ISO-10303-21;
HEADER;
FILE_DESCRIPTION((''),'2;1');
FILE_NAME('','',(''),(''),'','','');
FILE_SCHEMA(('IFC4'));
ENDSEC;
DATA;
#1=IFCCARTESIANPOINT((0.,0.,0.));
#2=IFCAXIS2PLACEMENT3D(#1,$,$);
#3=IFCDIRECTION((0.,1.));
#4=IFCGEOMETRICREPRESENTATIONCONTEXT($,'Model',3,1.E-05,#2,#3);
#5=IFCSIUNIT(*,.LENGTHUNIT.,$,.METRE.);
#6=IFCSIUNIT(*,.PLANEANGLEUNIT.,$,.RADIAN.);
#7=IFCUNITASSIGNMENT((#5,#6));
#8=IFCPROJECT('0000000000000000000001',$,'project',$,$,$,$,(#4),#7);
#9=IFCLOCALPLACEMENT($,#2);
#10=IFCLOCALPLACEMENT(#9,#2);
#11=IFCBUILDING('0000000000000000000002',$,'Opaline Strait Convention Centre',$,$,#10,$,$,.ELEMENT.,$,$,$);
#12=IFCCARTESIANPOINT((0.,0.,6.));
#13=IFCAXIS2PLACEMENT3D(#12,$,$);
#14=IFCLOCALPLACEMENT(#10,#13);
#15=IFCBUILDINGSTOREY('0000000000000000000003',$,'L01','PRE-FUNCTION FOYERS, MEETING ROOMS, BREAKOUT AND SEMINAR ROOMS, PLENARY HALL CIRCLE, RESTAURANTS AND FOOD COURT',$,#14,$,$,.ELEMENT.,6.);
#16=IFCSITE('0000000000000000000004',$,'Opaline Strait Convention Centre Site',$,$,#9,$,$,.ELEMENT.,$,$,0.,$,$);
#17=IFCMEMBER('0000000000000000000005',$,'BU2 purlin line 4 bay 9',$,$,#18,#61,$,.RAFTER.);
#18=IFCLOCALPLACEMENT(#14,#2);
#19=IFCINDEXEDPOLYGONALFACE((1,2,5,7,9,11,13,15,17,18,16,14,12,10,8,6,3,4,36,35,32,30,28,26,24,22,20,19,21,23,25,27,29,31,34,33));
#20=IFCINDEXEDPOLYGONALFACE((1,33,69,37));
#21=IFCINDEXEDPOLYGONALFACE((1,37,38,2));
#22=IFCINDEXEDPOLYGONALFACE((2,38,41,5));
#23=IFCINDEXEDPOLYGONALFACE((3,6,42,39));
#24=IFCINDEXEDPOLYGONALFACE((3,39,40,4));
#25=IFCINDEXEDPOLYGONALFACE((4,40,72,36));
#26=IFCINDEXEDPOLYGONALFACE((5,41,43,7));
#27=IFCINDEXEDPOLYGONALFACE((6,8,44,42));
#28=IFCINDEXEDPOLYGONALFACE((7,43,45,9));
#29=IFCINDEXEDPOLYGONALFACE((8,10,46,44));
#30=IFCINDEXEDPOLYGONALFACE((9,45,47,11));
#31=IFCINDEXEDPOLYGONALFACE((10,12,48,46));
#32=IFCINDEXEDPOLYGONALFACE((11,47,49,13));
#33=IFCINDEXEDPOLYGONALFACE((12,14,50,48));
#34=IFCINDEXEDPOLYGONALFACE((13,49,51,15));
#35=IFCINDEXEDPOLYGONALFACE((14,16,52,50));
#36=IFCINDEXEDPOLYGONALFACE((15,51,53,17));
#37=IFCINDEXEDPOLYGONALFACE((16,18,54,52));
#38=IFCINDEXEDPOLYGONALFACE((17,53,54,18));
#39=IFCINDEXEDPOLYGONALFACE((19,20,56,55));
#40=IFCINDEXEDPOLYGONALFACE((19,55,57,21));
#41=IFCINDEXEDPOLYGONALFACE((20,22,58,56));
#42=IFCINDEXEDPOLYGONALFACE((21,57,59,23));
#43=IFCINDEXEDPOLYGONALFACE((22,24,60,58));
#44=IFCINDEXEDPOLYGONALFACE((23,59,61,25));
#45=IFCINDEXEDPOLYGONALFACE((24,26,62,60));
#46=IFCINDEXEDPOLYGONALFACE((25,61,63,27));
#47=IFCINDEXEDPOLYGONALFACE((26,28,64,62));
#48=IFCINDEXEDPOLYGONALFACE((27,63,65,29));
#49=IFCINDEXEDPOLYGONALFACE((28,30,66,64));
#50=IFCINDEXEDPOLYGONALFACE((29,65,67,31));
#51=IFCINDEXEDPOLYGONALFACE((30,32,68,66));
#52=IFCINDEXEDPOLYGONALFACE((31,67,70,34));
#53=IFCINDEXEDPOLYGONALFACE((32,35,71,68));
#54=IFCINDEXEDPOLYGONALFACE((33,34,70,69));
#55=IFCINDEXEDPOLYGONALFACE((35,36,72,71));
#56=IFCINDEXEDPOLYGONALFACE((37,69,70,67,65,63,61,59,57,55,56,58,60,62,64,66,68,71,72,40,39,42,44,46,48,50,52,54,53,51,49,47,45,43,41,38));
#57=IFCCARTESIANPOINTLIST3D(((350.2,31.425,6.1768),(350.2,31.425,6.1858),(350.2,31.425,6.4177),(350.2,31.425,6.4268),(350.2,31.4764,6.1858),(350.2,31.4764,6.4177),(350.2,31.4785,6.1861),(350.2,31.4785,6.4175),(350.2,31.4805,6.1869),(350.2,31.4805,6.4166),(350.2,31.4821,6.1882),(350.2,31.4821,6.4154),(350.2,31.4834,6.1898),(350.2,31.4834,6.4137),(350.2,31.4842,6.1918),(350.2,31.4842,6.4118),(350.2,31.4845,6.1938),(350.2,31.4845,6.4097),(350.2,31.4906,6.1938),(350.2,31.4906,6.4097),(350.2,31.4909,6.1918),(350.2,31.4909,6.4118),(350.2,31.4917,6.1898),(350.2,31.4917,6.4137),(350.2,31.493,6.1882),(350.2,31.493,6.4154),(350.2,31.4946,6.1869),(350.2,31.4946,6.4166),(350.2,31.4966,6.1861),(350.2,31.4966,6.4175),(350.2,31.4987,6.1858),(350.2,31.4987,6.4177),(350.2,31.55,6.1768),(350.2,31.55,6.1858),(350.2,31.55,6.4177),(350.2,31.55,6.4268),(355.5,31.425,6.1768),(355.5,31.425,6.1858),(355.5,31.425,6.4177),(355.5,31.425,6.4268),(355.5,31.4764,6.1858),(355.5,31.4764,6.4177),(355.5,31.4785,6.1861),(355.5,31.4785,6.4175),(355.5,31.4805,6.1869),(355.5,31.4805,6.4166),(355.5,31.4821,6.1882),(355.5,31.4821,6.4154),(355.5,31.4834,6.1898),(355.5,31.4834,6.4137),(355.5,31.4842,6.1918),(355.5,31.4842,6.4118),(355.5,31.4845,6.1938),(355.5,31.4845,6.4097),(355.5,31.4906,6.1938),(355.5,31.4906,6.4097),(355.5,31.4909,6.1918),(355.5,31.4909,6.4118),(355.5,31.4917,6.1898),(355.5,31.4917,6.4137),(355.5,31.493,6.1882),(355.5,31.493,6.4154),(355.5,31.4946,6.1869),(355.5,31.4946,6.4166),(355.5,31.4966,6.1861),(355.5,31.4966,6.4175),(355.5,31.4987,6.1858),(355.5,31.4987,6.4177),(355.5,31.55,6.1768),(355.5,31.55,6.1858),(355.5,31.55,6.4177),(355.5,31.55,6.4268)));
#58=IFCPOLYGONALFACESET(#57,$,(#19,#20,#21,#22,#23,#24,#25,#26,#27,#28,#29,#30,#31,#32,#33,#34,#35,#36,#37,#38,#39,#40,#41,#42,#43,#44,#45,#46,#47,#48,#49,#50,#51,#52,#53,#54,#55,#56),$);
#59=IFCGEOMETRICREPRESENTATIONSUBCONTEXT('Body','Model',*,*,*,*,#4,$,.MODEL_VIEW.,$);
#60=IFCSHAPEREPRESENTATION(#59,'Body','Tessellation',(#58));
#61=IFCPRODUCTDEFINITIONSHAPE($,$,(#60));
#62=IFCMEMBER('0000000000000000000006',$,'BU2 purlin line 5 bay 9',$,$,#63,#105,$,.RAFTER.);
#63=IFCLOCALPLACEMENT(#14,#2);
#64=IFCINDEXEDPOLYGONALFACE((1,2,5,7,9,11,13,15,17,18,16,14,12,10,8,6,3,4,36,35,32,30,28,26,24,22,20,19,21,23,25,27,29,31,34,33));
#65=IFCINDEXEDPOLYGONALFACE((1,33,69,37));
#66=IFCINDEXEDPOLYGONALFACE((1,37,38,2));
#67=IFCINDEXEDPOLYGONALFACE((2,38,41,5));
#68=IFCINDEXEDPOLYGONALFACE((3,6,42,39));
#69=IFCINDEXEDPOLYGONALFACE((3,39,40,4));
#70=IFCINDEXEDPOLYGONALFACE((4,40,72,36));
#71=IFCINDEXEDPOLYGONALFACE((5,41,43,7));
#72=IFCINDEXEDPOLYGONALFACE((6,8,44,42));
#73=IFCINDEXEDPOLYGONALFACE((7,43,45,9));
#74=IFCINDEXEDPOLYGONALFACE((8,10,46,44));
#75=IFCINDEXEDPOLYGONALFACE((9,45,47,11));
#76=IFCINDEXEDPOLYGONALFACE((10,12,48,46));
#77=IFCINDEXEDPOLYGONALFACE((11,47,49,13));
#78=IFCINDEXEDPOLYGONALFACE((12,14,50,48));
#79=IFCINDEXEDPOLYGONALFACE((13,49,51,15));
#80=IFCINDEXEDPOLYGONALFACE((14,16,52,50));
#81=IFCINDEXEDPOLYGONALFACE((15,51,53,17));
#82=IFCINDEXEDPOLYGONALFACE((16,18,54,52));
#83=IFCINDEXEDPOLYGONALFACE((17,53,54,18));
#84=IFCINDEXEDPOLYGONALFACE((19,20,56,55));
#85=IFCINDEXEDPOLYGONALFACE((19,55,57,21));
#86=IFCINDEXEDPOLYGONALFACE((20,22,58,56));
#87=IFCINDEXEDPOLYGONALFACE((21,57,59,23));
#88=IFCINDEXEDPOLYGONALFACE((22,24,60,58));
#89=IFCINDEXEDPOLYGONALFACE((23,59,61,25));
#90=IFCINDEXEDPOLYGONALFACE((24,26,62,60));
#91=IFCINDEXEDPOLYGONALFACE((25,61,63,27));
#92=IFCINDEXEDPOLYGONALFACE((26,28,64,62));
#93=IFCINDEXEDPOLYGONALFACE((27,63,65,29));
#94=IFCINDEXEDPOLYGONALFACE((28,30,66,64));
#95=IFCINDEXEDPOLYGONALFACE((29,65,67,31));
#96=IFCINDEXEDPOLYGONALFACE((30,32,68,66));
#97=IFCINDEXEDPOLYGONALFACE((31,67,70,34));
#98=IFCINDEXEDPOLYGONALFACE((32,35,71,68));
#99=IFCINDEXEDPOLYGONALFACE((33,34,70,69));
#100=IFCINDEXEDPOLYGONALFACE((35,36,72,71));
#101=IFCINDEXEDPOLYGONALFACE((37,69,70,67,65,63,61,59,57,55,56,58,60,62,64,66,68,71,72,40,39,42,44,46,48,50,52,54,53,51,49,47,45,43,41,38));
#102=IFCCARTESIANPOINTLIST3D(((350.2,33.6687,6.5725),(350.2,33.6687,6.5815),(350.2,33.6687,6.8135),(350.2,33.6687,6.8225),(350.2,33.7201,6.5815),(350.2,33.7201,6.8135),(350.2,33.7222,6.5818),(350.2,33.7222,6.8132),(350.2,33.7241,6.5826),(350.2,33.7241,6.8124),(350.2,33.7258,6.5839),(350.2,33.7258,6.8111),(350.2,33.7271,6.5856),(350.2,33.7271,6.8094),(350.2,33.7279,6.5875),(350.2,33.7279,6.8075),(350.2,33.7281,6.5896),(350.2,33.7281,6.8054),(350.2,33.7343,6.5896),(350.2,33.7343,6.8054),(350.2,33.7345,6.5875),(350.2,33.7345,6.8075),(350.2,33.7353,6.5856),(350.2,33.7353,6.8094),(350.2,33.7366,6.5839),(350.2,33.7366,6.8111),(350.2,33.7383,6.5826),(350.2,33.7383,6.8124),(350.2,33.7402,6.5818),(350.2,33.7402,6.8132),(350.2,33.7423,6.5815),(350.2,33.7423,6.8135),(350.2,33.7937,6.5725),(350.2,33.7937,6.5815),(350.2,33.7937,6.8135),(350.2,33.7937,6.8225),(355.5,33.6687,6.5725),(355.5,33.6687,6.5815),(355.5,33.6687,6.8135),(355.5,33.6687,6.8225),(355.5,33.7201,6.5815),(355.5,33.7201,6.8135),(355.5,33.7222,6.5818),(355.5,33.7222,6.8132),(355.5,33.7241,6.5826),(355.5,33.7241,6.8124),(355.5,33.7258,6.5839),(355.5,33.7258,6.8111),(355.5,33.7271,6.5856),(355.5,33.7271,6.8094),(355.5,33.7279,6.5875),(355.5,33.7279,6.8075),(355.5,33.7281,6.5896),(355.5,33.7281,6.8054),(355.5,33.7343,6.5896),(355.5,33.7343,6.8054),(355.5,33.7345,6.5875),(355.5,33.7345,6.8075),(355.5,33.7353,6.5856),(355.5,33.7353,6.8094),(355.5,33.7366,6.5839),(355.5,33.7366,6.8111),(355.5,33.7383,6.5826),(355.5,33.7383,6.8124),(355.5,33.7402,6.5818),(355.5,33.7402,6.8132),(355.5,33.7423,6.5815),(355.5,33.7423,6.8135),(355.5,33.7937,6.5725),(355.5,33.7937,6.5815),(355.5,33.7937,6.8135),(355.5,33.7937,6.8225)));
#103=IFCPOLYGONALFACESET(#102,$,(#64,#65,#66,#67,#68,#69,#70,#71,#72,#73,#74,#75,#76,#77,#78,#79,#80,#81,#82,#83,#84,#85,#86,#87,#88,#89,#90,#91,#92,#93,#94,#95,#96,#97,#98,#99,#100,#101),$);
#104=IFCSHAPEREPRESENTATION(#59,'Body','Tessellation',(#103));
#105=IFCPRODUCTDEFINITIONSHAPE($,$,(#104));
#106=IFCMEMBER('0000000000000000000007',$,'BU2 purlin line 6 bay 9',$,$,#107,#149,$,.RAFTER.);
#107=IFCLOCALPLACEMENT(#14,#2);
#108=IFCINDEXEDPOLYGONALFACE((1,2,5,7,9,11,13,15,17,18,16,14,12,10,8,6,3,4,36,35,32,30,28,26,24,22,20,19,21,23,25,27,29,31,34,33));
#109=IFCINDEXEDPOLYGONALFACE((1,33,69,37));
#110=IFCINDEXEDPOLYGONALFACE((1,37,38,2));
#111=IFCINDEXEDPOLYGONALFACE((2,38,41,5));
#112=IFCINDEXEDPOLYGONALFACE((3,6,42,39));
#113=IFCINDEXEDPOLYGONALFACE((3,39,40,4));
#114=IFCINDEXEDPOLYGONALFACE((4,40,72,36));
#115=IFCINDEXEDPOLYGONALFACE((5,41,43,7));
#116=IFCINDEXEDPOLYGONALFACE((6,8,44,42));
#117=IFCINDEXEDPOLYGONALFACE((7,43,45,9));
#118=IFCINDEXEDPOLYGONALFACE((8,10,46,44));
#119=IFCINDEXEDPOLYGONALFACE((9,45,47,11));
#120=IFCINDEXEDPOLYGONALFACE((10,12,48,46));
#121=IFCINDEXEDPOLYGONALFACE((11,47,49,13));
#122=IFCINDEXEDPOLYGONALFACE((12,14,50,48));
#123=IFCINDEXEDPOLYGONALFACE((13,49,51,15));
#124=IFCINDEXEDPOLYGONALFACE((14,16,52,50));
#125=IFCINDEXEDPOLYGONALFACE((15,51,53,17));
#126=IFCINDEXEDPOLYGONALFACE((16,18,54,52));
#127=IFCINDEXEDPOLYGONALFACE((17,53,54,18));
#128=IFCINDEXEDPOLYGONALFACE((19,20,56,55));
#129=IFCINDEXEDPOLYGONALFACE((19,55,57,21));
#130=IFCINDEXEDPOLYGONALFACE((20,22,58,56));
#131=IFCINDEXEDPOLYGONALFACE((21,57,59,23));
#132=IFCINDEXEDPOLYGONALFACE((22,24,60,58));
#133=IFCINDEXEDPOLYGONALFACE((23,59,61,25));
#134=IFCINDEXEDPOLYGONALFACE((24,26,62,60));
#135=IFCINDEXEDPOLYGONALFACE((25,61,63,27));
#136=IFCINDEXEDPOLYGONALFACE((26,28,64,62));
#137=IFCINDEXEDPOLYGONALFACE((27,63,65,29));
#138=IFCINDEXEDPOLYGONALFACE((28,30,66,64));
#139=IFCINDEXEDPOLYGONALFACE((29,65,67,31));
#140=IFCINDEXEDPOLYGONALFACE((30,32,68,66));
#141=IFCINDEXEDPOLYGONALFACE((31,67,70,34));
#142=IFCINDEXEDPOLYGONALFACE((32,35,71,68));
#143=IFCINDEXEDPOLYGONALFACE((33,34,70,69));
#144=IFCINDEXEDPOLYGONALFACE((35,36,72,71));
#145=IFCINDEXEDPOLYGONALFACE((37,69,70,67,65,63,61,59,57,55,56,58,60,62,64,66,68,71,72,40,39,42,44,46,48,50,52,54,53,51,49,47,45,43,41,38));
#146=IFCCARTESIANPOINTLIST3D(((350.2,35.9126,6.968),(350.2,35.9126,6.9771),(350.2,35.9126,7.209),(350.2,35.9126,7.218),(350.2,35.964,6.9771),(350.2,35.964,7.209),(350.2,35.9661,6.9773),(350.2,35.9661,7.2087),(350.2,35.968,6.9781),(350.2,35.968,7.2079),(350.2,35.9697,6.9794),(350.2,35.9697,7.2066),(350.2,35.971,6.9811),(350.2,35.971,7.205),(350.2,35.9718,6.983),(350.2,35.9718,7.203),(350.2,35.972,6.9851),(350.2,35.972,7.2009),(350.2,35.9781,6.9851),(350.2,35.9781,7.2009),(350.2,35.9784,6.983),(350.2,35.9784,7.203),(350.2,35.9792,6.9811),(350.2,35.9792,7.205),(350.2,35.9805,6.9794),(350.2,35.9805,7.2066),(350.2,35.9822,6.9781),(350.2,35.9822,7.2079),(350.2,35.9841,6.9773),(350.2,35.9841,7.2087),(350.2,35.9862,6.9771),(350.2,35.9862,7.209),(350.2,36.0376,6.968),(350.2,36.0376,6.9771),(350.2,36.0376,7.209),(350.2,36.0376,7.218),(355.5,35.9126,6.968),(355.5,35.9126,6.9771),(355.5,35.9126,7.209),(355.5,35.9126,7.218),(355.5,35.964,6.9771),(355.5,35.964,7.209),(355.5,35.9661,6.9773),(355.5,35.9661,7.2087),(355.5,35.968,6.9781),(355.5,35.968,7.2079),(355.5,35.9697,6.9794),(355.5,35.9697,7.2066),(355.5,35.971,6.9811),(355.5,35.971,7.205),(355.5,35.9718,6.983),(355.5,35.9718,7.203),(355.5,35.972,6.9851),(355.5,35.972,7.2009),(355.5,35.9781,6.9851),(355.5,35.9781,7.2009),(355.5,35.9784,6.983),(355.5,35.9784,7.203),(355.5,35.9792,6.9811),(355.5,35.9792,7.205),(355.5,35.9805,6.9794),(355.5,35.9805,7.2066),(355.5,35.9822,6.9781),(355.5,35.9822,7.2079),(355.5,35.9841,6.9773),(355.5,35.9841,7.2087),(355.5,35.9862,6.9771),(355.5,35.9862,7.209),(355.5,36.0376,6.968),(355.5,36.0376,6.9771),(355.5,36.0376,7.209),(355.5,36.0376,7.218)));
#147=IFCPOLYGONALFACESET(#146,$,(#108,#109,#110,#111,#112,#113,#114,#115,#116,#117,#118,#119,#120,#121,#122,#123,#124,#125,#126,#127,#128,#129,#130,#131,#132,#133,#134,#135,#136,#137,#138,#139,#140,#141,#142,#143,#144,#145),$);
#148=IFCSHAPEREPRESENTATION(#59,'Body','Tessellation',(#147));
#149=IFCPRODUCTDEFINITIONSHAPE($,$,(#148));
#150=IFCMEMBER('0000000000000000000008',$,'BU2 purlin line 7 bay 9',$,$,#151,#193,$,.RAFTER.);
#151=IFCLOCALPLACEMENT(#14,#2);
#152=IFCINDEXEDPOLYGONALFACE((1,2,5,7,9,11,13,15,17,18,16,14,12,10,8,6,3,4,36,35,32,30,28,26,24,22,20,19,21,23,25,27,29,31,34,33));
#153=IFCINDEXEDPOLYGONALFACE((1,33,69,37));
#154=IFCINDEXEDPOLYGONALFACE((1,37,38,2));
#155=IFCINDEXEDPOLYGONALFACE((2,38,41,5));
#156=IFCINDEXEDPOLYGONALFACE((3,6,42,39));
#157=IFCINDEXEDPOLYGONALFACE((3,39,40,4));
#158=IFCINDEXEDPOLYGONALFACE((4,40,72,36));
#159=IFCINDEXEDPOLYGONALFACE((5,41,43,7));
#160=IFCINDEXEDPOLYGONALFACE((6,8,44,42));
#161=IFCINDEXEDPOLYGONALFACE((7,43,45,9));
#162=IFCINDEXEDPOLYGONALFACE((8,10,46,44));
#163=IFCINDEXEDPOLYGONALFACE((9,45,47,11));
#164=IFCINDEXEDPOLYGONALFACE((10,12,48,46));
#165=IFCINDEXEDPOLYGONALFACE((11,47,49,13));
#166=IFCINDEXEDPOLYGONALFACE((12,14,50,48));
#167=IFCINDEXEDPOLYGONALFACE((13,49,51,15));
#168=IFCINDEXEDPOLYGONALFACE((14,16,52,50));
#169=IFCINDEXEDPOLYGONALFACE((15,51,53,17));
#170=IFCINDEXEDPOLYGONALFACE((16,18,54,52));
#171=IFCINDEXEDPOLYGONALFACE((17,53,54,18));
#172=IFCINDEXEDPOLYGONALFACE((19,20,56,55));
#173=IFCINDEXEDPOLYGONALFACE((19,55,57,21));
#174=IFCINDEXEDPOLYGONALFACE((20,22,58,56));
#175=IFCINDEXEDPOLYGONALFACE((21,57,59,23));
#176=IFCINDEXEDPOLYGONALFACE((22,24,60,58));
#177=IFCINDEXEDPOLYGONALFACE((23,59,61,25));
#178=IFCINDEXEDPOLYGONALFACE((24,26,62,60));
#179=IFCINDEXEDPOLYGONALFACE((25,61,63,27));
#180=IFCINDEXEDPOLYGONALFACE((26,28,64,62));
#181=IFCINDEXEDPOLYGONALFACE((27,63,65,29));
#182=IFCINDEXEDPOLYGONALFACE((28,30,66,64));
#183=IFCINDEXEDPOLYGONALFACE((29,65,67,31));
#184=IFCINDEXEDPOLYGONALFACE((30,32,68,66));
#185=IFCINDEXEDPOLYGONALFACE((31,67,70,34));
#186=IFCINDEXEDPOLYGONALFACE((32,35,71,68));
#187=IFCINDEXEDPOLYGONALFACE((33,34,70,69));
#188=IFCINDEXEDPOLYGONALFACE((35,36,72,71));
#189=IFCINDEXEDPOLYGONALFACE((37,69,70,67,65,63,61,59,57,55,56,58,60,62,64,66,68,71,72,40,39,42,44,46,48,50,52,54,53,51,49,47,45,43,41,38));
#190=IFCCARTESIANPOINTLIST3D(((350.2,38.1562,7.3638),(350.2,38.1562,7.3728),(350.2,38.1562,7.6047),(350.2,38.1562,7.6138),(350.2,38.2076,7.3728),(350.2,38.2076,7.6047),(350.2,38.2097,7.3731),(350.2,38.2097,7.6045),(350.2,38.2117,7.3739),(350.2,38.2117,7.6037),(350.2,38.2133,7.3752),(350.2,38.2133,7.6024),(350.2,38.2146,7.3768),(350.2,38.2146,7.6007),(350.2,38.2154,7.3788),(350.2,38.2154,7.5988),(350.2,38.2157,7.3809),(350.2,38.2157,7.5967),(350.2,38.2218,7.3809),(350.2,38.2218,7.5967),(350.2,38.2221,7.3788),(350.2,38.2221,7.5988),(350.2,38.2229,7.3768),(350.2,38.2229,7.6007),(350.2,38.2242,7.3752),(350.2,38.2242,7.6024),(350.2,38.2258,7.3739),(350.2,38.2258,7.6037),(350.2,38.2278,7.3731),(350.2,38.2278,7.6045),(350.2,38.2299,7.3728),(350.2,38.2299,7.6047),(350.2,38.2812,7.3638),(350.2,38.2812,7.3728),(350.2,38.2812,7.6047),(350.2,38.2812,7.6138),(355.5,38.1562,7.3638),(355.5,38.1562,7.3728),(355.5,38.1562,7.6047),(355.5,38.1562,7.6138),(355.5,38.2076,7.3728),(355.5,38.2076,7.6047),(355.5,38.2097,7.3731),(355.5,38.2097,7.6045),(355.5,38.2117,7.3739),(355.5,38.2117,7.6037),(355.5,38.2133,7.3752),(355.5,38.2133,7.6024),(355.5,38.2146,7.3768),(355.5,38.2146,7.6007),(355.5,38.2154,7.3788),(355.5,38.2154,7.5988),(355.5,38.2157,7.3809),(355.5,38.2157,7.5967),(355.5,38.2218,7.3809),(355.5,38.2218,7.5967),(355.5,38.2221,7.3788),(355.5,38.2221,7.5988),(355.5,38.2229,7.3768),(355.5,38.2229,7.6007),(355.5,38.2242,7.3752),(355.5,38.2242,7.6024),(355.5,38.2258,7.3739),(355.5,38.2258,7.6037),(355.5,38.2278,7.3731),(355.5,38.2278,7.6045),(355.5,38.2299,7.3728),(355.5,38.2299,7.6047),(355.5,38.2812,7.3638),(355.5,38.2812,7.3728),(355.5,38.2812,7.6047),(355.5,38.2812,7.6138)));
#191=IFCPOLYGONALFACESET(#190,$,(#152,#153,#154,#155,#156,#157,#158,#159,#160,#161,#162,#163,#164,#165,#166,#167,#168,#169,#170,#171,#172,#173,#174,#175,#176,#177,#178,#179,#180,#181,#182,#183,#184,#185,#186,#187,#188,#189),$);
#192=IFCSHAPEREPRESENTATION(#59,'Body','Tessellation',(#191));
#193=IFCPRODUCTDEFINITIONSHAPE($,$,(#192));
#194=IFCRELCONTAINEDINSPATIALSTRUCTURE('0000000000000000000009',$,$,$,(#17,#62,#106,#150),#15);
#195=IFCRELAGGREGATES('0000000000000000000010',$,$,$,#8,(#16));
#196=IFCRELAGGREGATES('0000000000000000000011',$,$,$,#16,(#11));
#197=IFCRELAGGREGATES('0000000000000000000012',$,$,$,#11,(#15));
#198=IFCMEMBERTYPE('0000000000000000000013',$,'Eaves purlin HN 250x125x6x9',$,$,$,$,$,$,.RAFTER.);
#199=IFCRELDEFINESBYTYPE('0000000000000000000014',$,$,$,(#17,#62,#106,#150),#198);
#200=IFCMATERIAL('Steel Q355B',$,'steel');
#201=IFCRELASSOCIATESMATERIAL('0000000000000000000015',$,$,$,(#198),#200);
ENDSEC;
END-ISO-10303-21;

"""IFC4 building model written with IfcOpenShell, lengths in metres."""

from ifc_helpers import new_model, si_unit, direction, frame, origin, origin_2d, place, context, subcontext, project, spatial, i_section, extrude, material, material_profile, profile_set, type_object, element, save


model = new_model("IFC4")

# Units and contexts
model_context = context("Model", 3, precision=1e-05, world=origin(), true_north=direction((0.0, 1.0)))
body_context = subcontext(model_context, "Body", "Model", "MODEL_VIEW")
ifc_project = project(units=[si_unit("LENGTHUNIT", "METRE"), si_unit("PLANEANGLEUNIT", "RADIAN")], contexts=[model_context])

# Site, building, storey
site_placement = place(None, origin())
site = spatial("IfcSite", under=ifc_project, at=site_placement, Name="Opaline Strait Convention Centre Site", CompositionType="ELEMENT", RefElevation=0.0)
building_placement = place(site_placement, origin())
building = spatial("IfcBuilding", under=site, at=building_placement, Name="Opaline Strait Convention Centre", CompositionType="ELEMENT")
storey_placement = place(building_placement, frame((0.0, 0.0, 6.0)))
storey = spatial("IfcBuildingStorey", under=building, at=storey_placement, Name="L01", Description="PRE-FUNCTION FOYERS, MEETING ROOMS, BREAKOUT AND SEMINAR ROOMS, PLENARY HALL CIRCLE, RESTAURANTS AND FOOD COURT", CompositionType="ELEMENT", Elevation=6.0)

# Members
ifc_material_1 = material(Name="Steel Q355B", Category="steel")
ifc_material_profile_1 = material_profile(ifc_material_1, i_section(OverallWidth=0.125, OverallDepth=0.25, WebThickness=0.0061, FlangeThickness=0.009, FilletRadius=0.0081, at=origin_2d()), Name="HN 250x125x6x9")
ifc_profile_set_1 = profile_set([ifc_material_profile_1], Name="Steel Q355B")
member_type_1 = type_object("IfcMemberType", Name="Eaves purlin HN 250x125x6x9", PredefinedType="RAFTER", material=ifc_profile_set_1)
for number, where, z_axis, x_axis, name in (
    (1, (350.2, 31.4875, 6.3018), (1.0, 0.0, 0.0), (0.0, 1.0, 0.0), "BU2 purlin line 4 bay 9"),
    (2, (350.2, 33.7312, 6.6975), (1.0, 0.0, 0.0), (0.0, 1.0, 0.0), "BU2 purlin line 5 bay 9"),
    (3, (350.2, 35.9751, 7.093), (1.0, 0.0, 0.0), (0.0, 1.0, 0.0), "BU2 purlin line 6 bay 9"),
    (4, (350.2, 38.2188, 7.4888), (1.0, 0.0, 0.0), (0.0, 1.0, 0.0), "BU2 purlin line 7 bay 9"),
):
    element("IfcMember", number, at=place(storey_placement, frame(where, z_axis=z_axis, x_axis=x_axis)), inside=storey, type_object=member_type_1, Name=name, PredefinedType="RAFTER", context=body_context, shape_type="SweptSolid", body=[
        extrude(i_section(OverallWidth=0.125, OverallDepth=0.25, WebThickness=0.0061, FlangeThickness=0.009, FilletRadius=0.0081, at=origin_2d()), origin(), (0.0, 0.0, 1.0), 5.3),
    ])

save(model, "model.ifc")
